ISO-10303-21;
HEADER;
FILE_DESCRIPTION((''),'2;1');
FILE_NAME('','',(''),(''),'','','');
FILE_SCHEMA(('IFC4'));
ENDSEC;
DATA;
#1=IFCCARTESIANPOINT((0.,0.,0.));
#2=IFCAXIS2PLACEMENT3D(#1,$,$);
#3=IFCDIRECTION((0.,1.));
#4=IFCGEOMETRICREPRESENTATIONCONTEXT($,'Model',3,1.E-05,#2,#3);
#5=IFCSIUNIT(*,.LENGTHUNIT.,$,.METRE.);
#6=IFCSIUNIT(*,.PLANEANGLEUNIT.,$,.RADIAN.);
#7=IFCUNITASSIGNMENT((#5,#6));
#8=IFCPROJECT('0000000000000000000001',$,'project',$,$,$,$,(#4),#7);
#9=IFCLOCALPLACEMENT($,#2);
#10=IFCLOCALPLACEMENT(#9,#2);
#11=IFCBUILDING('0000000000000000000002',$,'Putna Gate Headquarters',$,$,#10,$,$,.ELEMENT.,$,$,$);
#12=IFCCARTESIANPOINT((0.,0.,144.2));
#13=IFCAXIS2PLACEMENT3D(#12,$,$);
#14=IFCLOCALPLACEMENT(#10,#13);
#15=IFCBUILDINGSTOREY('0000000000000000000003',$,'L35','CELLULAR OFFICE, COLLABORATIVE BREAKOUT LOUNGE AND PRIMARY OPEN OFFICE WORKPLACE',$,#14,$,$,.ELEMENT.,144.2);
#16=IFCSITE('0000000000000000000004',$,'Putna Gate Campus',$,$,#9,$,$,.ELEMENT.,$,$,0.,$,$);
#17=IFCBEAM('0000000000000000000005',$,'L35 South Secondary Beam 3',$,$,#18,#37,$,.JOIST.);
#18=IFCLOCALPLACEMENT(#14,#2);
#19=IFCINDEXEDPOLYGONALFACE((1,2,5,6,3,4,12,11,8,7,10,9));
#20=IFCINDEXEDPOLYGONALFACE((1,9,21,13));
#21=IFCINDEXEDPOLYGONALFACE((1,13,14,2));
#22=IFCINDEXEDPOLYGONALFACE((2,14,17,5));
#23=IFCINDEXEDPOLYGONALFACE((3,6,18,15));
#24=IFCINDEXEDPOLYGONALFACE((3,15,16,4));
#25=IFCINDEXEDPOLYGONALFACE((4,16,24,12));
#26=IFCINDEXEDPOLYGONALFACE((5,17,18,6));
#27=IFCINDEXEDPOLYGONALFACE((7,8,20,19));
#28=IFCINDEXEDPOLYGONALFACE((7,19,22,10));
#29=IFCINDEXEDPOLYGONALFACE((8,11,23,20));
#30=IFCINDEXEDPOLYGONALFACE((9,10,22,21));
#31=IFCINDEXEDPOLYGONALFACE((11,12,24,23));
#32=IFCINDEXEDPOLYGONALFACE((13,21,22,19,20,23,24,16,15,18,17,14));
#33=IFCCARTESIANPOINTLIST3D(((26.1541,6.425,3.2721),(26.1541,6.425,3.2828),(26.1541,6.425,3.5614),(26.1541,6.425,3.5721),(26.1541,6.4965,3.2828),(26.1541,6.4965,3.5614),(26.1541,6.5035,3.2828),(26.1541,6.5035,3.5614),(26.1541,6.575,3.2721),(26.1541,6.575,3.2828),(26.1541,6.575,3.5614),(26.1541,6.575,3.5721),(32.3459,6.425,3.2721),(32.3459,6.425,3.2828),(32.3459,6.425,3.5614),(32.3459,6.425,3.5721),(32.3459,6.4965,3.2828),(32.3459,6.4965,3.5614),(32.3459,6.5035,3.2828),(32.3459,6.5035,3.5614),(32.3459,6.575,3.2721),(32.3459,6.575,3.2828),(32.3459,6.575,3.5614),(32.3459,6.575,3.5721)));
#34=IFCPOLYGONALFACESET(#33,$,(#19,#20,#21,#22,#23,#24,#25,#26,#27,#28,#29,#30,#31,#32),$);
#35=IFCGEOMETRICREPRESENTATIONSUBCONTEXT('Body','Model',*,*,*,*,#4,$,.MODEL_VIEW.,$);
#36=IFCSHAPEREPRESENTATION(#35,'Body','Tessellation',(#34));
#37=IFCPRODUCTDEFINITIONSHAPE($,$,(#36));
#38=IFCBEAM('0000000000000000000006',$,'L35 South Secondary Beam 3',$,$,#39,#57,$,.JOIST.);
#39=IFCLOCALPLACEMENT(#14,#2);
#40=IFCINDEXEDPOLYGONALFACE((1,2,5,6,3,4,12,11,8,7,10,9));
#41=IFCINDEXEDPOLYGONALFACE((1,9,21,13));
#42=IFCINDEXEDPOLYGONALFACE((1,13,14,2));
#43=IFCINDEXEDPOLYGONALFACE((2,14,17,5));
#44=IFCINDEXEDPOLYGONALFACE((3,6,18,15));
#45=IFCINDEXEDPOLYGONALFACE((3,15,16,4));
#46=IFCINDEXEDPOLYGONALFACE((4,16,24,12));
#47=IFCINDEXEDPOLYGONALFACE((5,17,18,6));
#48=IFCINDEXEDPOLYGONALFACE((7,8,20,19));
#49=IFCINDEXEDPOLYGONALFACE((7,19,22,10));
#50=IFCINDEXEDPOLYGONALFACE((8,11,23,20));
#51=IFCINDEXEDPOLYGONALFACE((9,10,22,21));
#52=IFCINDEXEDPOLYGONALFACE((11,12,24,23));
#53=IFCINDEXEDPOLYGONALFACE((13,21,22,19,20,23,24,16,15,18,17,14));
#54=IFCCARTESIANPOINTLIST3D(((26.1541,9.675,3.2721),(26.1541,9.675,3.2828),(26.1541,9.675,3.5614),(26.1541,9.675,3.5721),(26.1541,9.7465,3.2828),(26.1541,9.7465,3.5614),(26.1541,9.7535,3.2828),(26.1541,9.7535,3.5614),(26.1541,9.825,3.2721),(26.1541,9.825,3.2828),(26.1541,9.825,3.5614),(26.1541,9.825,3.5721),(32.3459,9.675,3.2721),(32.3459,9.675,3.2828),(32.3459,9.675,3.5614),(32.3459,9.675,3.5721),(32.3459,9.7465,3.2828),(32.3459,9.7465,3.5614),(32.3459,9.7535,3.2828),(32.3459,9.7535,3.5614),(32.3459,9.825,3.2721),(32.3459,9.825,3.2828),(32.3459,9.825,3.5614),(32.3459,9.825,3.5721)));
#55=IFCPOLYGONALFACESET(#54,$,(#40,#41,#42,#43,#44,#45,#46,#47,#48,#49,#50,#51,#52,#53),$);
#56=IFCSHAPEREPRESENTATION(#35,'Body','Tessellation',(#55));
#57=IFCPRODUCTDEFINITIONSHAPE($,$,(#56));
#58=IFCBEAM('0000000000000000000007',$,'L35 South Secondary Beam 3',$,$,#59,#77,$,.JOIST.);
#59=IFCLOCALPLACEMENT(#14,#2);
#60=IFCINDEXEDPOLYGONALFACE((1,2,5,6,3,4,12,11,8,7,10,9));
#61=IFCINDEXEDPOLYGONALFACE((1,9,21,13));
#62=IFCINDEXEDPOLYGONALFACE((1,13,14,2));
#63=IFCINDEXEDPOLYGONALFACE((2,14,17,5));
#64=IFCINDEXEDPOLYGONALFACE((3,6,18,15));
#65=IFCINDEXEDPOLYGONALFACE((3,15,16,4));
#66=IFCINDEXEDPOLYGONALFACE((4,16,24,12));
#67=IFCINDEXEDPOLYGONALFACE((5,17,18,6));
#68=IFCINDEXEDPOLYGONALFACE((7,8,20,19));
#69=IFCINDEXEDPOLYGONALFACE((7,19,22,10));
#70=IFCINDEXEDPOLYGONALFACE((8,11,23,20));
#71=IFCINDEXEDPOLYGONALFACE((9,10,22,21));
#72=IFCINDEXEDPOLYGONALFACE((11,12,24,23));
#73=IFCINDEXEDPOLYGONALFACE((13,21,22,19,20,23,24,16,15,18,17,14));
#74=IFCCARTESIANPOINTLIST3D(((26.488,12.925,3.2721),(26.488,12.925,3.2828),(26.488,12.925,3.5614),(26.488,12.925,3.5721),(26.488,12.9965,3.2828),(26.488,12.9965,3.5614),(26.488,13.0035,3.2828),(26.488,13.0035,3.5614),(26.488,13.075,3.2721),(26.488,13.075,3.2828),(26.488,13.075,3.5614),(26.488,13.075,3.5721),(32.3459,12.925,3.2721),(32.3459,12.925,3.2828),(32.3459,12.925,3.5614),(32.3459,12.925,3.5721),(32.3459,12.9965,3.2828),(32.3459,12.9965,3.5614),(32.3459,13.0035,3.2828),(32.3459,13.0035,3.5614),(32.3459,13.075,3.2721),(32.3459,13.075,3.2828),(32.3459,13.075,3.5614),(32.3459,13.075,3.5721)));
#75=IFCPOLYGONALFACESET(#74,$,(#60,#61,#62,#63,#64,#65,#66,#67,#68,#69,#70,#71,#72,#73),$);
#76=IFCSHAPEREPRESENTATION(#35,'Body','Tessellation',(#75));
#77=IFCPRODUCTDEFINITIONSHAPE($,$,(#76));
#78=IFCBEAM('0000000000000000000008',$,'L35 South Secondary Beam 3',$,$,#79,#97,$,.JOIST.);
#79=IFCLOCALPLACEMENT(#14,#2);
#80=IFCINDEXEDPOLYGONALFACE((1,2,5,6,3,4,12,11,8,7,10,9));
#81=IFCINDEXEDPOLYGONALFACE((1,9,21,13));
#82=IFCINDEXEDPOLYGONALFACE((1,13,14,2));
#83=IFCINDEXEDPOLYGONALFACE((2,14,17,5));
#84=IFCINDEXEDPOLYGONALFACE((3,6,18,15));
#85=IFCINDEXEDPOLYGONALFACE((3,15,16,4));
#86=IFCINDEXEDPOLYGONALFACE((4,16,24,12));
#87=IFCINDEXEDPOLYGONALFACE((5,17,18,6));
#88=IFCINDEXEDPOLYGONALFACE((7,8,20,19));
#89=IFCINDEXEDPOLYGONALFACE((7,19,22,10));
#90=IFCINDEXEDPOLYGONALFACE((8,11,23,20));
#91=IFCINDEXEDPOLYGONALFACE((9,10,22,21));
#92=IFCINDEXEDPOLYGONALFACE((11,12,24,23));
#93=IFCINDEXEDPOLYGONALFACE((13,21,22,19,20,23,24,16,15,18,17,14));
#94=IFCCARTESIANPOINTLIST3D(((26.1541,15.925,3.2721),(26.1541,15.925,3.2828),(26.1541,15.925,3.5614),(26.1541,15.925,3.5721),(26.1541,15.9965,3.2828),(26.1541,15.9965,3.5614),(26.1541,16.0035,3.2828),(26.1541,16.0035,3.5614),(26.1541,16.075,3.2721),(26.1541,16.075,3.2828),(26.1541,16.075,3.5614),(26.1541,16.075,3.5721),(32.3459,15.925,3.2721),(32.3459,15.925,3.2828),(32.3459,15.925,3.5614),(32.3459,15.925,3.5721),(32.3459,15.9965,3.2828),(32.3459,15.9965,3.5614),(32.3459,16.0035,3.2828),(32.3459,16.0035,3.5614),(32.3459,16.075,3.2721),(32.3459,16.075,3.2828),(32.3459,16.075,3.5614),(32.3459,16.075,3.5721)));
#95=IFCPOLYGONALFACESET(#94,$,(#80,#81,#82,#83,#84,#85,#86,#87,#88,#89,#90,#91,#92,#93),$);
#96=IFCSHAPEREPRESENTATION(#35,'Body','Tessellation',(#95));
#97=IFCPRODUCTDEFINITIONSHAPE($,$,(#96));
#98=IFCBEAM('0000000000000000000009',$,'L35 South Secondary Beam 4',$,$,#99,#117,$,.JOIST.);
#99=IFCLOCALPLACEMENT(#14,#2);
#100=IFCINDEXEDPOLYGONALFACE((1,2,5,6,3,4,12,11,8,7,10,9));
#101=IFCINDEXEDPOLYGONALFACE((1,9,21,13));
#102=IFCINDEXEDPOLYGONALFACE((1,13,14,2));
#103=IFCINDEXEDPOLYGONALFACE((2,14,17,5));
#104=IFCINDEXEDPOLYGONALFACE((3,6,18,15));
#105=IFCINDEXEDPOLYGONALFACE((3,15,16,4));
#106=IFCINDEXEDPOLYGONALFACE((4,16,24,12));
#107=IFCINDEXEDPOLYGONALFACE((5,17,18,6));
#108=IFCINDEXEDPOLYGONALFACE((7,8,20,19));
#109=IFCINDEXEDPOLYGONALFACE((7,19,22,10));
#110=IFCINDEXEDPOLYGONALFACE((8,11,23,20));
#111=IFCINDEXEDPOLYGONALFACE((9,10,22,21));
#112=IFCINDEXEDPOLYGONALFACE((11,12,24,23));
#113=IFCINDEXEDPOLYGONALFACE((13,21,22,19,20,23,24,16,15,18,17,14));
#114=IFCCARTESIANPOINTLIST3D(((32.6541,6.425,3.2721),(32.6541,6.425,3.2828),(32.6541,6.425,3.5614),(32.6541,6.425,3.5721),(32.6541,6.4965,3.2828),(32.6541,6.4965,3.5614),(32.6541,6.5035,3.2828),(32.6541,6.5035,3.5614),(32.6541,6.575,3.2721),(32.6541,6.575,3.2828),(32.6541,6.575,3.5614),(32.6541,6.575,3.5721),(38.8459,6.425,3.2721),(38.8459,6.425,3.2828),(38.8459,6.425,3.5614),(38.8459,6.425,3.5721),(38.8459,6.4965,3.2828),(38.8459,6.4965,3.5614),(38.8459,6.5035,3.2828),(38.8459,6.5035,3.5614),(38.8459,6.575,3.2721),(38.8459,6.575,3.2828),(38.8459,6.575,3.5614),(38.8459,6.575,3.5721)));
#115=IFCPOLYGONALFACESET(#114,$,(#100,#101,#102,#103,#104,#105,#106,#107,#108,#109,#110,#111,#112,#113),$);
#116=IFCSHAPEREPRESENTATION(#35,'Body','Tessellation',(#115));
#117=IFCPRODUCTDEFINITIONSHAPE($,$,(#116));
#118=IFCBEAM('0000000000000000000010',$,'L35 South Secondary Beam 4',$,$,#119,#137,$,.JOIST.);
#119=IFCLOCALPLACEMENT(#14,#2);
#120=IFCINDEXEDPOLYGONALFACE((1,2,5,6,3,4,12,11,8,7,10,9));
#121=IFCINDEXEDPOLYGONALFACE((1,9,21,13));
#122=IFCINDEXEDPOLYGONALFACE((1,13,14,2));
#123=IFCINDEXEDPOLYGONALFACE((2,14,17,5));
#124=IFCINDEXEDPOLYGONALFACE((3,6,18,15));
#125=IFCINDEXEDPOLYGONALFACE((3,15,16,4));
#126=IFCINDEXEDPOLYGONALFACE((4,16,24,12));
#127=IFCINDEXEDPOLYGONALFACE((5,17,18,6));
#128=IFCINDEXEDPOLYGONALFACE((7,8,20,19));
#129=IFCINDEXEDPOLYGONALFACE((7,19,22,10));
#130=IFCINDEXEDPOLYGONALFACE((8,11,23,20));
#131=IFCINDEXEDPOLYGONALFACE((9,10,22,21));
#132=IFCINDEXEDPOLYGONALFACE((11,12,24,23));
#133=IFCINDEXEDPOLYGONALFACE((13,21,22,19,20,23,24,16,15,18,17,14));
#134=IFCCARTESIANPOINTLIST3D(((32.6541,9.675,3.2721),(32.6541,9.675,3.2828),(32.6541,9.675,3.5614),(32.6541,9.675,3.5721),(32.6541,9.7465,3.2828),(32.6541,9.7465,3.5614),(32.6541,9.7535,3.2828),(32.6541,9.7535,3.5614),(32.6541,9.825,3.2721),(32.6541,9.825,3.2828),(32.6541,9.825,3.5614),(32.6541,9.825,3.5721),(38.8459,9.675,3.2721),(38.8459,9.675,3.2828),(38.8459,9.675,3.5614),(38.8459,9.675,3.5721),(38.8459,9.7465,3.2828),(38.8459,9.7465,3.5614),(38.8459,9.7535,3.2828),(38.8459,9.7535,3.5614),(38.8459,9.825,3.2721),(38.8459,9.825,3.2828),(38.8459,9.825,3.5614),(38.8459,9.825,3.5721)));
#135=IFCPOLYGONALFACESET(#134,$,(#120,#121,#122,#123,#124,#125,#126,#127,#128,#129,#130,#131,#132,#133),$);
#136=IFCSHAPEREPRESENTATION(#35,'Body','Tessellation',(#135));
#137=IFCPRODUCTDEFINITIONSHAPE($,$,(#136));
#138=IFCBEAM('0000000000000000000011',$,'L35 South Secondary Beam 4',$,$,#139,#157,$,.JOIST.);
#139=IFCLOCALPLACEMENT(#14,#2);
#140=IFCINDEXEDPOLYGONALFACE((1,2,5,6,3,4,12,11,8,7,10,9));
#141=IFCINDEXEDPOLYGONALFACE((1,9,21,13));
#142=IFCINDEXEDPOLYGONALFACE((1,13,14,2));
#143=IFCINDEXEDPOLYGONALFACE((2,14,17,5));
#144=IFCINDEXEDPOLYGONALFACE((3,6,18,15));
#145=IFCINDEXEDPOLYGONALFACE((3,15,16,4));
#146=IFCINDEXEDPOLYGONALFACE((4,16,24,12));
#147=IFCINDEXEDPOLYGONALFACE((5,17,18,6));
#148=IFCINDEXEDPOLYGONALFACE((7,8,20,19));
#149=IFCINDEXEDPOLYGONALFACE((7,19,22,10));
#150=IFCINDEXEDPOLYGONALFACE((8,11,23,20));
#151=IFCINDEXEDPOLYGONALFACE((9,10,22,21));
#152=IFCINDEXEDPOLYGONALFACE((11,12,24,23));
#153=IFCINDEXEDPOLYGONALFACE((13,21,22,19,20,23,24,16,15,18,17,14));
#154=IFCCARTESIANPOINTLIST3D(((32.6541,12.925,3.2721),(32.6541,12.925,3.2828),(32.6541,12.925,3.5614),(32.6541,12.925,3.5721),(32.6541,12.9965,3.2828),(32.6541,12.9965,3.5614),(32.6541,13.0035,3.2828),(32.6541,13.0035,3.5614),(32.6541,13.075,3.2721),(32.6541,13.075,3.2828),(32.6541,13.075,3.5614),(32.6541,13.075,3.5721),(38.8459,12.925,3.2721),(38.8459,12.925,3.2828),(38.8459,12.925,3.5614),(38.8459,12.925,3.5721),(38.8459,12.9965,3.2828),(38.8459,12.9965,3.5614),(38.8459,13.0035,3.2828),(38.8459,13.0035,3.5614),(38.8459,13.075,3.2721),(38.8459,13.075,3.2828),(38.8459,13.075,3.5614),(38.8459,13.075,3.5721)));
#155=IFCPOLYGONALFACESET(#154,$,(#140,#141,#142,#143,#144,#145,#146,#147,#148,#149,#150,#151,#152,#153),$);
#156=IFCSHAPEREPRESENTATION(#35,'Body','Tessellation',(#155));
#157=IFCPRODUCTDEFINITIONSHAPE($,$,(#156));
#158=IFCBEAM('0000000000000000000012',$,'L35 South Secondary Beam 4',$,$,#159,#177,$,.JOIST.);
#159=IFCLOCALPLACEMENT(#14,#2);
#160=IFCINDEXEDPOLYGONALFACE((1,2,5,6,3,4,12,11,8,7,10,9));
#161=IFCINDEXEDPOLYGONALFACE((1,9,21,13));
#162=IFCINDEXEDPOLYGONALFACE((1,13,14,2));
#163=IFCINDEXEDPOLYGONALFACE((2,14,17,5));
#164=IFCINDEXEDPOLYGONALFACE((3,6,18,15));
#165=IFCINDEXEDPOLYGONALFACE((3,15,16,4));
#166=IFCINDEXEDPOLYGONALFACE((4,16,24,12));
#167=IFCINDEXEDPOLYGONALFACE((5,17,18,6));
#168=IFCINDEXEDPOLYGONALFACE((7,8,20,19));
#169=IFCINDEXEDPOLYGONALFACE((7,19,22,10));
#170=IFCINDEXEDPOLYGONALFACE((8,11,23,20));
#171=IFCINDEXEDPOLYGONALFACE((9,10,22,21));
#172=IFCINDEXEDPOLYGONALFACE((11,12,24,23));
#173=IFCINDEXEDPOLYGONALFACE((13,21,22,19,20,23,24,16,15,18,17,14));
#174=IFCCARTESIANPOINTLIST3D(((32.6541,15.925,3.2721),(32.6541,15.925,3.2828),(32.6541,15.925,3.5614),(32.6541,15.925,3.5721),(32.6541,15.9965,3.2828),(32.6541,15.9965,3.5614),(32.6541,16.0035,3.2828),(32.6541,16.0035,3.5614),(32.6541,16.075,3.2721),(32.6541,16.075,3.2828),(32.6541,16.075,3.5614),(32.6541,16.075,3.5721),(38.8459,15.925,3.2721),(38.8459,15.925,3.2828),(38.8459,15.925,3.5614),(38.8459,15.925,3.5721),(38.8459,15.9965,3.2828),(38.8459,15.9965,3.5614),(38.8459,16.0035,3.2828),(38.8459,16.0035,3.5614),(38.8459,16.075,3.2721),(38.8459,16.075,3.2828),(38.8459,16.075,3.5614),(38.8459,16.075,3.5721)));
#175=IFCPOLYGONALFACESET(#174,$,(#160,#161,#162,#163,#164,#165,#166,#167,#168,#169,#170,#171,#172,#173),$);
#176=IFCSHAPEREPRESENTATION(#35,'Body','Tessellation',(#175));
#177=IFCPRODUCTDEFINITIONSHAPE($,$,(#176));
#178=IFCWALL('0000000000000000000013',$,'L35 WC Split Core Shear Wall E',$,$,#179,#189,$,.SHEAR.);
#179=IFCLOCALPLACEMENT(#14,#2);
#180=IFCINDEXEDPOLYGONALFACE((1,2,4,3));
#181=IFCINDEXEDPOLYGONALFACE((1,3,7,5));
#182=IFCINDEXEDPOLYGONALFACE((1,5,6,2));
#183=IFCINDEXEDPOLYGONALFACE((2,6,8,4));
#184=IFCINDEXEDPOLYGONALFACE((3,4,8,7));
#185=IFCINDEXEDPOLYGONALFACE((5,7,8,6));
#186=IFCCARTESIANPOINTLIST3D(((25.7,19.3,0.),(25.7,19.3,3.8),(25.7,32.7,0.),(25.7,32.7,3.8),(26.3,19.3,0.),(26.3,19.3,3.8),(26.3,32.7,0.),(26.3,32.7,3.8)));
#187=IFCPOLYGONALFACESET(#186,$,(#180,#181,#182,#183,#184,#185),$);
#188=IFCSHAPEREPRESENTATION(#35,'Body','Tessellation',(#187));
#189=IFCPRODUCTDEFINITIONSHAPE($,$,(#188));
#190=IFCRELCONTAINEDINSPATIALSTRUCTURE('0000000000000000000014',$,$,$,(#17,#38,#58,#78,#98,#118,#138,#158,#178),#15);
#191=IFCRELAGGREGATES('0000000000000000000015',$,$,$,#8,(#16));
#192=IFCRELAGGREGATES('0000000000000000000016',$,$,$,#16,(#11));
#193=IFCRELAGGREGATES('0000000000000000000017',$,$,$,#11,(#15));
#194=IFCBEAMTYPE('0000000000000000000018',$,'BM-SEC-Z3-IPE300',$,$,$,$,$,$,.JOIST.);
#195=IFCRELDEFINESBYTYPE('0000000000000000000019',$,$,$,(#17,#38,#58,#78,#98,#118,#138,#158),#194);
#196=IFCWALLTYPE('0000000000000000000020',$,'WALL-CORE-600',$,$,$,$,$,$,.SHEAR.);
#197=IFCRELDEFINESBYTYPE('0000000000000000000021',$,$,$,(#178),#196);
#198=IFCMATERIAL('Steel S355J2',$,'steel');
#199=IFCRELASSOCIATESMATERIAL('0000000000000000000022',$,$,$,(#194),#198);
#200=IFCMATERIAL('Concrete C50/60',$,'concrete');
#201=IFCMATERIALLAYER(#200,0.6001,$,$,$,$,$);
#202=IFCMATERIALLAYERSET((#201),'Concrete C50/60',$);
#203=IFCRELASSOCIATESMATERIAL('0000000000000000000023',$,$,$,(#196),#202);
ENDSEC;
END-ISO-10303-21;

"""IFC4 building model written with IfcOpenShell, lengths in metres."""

from ifc_helpers import new_model, si_unit, direction, frame, frame_2d, origin, origin_2d, place, context, subcontext, project, spatial, rectangle, i_section, extrude, material, layer, layer_set, material_profile, profile_set, type_object, element, save


model = new_model("IFC4")

# Units and contexts
model_context = context("Model", 3, precision=1e-05, world=origin(), true_north=direction((0.0, 1.0)))
body_context = subcontext(model_context, "Body", "Model", "MODEL_VIEW")
ifc_project = project(units=[si_unit("LENGTHUNIT", "METRE"), si_unit("PLANEANGLEUNIT", "RADIAN")], contexts=[model_context])

# Site, building, storey
site_placement = place(None, origin())
site = spatial("IfcSite", under=ifc_project, at=site_placement, Name="Putna Gate Campus", CompositionType="ELEMENT", RefElevation=0.0)
building_placement = place(site_placement, origin())
building = spatial("IfcBuilding", under=site, at=building_placement, Name="Putna Gate Headquarters", CompositionType="ELEMENT")
storey_placement = place(building_placement, frame((0.0, 0.0, 144.2)))
storey = spatial("IfcBuildingStorey", under=building, at=storey_placement, Name="L35", Description="CELLULAR OFFICE, COLLABORATIVE BREAKOUT LOUNGE AND PRIMARY OPEN OFFICE WORKPLACE", CompositionType="ELEMENT", Elevation=144.2)

# Shared definitions
ifc_material_1 = material(Name="Concrete C50/60", Category="concrete")

# Beams
ifc_material_2 = material(Name="Steel S355J2", Category="steel")
ifc_material_profile_1 = material_profile(ifc_material_2, i_section(OverallWidth=0.1499, OverallDepth=0.3, WebThickness=0.0071, FlangeThickness=0.0107, at=origin_2d()), Name="Steel S355J2")
ifc_profile_set_1 = profile_set([ifc_material_profile_1], Name="Steel S355J2")
beam_type_1 = type_object("IfcBeamType", Name="BM-SEC-Z3-IPE300", PredefinedType="JOIST", material=ifc_profile_set_1)
for number, where, z_axis, x_axis, name in (
    (1, (26.1541, 6.5, 3.4221), (1.0, 0.0, 0.0), (0.0, 1.0, 0.0), "L35 South Secondary Beam 3"),
    (2, (26.1541, 9.75, 3.4221), (1.0, 0.0, 0.0), (0.0, 1.0, 0.0), "L35 South Secondary Beam 3"),
):
    element("IfcBeam", number, at=place(storey_placement, frame(where, z_axis=z_axis, x_axis=x_axis)), inside=storey, type_object=beam_type_1, Name=name, PredefinedType="JOIST", context=body_context, shape_type="SweptSolid", body=[
        extrude(i_section(OverallWidth=0.1499, OverallDepth=0.3, WebThickness=0.0071, FlangeThickness=0.0107, at=origin_2d()), origin(), (0.0, 0.0, 1.0), 6.1919),
    ])
beam_1_placement = place(storey_placement, frame((26.488, 13.0, 3.4221), z_axis=(1.0, 0.0, 0.0), x_axis=(0.0, 1.0, 0.0)))
element("IfcBeam", 3, at=beam_1_placement, inside=storey, type_object=beam_type_1, Name="L35 South Secondary Beam 3", PredefinedType="JOIST", context=body_context, shape_type="SweptSolid", body=[
    extrude(i_section(OverallWidth=0.1499, OverallDepth=0.3, WebThickness=0.0071, FlangeThickness=0.0107, at=origin_2d()), origin(), (0.0, 0.0, 1.0), 5.8579),
])
for number, where, z_axis, x_axis, name in (
    (4, (26.1541, 16.0, 3.4221), (1.0, 0.0, 0.0), (0.0, 1.0, 0.0), "L35 South Secondary Beam 3"),
    (5, (32.6541, 6.5, 3.4221), (1.0, 0.0, 0.0), (0.0, 1.0, 0.0), "L35 South Secondary Beam 4"),
    (6, (32.6541, 9.75, 3.4221), (1.0, 0.0, 0.0), (0.0, 1.0, 0.0), "L35 South Secondary Beam 4"),
    (7, (32.6541, 13.0, 3.4221), (1.0, 0.0, 0.0), (0.0, 1.0, 0.0), "L35 South Secondary Beam 4"),
    (8, (32.6541, 16.0, 3.4221), (1.0, 0.0, 0.0), (0.0, 1.0, 0.0), "L35 South Secondary Beam 4"),
):
    element("IfcBeam", number, at=place(storey_placement, frame(where, z_axis=z_axis, x_axis=x_axis)), inside=storey, type_object=beam_type_1, Name=name, PredefinedType="JOIST", context=body_context, shape_type="SweptSolid", body=[
        extrude(i_section(OverallWidth=0.1499, OverallDepth=0.3, WebThickness=0.0071, FlangeThickness=0.0107, at=origin_2d()), origin(), (0.0, 0.0, 1.0), 6.1919),
    ])

# Wall
ifc_layer_1 = layer(ifc_material_1, 0.6001)
ifc_layer_set_1 = layer_set([ifc_layer_1], Name="Concrete C50/60")
wall_type_1 = type_object("IfcWallType", Name="WALL-CORE-600", PredefinedType="SHEAR", material=ifc_layer_set_1)
wall_1_placement = place(storey_placement, frame((26.0, 19.3, 0.0), z_axis=(0.0, 0.0, 1.0), x_axis=(0.0, 1.0, 0.0)))
element("IfcWall", 9, at=wall_1_placement, inside=storey, type_object=wall_type_1, Name="L35 WC Split Core Shear Wall E", PredefinedType="SHEAR", context=body_context, shape_type="SweptSolid", body=[
    extrude(rectangle(XDim=13.3999, YDim=0.6001, at=frame_2d((6.7, 0.0))), origin(), (0.0, 0.0, 1.0), 3.8),
])

save(model, "model.ifc")
